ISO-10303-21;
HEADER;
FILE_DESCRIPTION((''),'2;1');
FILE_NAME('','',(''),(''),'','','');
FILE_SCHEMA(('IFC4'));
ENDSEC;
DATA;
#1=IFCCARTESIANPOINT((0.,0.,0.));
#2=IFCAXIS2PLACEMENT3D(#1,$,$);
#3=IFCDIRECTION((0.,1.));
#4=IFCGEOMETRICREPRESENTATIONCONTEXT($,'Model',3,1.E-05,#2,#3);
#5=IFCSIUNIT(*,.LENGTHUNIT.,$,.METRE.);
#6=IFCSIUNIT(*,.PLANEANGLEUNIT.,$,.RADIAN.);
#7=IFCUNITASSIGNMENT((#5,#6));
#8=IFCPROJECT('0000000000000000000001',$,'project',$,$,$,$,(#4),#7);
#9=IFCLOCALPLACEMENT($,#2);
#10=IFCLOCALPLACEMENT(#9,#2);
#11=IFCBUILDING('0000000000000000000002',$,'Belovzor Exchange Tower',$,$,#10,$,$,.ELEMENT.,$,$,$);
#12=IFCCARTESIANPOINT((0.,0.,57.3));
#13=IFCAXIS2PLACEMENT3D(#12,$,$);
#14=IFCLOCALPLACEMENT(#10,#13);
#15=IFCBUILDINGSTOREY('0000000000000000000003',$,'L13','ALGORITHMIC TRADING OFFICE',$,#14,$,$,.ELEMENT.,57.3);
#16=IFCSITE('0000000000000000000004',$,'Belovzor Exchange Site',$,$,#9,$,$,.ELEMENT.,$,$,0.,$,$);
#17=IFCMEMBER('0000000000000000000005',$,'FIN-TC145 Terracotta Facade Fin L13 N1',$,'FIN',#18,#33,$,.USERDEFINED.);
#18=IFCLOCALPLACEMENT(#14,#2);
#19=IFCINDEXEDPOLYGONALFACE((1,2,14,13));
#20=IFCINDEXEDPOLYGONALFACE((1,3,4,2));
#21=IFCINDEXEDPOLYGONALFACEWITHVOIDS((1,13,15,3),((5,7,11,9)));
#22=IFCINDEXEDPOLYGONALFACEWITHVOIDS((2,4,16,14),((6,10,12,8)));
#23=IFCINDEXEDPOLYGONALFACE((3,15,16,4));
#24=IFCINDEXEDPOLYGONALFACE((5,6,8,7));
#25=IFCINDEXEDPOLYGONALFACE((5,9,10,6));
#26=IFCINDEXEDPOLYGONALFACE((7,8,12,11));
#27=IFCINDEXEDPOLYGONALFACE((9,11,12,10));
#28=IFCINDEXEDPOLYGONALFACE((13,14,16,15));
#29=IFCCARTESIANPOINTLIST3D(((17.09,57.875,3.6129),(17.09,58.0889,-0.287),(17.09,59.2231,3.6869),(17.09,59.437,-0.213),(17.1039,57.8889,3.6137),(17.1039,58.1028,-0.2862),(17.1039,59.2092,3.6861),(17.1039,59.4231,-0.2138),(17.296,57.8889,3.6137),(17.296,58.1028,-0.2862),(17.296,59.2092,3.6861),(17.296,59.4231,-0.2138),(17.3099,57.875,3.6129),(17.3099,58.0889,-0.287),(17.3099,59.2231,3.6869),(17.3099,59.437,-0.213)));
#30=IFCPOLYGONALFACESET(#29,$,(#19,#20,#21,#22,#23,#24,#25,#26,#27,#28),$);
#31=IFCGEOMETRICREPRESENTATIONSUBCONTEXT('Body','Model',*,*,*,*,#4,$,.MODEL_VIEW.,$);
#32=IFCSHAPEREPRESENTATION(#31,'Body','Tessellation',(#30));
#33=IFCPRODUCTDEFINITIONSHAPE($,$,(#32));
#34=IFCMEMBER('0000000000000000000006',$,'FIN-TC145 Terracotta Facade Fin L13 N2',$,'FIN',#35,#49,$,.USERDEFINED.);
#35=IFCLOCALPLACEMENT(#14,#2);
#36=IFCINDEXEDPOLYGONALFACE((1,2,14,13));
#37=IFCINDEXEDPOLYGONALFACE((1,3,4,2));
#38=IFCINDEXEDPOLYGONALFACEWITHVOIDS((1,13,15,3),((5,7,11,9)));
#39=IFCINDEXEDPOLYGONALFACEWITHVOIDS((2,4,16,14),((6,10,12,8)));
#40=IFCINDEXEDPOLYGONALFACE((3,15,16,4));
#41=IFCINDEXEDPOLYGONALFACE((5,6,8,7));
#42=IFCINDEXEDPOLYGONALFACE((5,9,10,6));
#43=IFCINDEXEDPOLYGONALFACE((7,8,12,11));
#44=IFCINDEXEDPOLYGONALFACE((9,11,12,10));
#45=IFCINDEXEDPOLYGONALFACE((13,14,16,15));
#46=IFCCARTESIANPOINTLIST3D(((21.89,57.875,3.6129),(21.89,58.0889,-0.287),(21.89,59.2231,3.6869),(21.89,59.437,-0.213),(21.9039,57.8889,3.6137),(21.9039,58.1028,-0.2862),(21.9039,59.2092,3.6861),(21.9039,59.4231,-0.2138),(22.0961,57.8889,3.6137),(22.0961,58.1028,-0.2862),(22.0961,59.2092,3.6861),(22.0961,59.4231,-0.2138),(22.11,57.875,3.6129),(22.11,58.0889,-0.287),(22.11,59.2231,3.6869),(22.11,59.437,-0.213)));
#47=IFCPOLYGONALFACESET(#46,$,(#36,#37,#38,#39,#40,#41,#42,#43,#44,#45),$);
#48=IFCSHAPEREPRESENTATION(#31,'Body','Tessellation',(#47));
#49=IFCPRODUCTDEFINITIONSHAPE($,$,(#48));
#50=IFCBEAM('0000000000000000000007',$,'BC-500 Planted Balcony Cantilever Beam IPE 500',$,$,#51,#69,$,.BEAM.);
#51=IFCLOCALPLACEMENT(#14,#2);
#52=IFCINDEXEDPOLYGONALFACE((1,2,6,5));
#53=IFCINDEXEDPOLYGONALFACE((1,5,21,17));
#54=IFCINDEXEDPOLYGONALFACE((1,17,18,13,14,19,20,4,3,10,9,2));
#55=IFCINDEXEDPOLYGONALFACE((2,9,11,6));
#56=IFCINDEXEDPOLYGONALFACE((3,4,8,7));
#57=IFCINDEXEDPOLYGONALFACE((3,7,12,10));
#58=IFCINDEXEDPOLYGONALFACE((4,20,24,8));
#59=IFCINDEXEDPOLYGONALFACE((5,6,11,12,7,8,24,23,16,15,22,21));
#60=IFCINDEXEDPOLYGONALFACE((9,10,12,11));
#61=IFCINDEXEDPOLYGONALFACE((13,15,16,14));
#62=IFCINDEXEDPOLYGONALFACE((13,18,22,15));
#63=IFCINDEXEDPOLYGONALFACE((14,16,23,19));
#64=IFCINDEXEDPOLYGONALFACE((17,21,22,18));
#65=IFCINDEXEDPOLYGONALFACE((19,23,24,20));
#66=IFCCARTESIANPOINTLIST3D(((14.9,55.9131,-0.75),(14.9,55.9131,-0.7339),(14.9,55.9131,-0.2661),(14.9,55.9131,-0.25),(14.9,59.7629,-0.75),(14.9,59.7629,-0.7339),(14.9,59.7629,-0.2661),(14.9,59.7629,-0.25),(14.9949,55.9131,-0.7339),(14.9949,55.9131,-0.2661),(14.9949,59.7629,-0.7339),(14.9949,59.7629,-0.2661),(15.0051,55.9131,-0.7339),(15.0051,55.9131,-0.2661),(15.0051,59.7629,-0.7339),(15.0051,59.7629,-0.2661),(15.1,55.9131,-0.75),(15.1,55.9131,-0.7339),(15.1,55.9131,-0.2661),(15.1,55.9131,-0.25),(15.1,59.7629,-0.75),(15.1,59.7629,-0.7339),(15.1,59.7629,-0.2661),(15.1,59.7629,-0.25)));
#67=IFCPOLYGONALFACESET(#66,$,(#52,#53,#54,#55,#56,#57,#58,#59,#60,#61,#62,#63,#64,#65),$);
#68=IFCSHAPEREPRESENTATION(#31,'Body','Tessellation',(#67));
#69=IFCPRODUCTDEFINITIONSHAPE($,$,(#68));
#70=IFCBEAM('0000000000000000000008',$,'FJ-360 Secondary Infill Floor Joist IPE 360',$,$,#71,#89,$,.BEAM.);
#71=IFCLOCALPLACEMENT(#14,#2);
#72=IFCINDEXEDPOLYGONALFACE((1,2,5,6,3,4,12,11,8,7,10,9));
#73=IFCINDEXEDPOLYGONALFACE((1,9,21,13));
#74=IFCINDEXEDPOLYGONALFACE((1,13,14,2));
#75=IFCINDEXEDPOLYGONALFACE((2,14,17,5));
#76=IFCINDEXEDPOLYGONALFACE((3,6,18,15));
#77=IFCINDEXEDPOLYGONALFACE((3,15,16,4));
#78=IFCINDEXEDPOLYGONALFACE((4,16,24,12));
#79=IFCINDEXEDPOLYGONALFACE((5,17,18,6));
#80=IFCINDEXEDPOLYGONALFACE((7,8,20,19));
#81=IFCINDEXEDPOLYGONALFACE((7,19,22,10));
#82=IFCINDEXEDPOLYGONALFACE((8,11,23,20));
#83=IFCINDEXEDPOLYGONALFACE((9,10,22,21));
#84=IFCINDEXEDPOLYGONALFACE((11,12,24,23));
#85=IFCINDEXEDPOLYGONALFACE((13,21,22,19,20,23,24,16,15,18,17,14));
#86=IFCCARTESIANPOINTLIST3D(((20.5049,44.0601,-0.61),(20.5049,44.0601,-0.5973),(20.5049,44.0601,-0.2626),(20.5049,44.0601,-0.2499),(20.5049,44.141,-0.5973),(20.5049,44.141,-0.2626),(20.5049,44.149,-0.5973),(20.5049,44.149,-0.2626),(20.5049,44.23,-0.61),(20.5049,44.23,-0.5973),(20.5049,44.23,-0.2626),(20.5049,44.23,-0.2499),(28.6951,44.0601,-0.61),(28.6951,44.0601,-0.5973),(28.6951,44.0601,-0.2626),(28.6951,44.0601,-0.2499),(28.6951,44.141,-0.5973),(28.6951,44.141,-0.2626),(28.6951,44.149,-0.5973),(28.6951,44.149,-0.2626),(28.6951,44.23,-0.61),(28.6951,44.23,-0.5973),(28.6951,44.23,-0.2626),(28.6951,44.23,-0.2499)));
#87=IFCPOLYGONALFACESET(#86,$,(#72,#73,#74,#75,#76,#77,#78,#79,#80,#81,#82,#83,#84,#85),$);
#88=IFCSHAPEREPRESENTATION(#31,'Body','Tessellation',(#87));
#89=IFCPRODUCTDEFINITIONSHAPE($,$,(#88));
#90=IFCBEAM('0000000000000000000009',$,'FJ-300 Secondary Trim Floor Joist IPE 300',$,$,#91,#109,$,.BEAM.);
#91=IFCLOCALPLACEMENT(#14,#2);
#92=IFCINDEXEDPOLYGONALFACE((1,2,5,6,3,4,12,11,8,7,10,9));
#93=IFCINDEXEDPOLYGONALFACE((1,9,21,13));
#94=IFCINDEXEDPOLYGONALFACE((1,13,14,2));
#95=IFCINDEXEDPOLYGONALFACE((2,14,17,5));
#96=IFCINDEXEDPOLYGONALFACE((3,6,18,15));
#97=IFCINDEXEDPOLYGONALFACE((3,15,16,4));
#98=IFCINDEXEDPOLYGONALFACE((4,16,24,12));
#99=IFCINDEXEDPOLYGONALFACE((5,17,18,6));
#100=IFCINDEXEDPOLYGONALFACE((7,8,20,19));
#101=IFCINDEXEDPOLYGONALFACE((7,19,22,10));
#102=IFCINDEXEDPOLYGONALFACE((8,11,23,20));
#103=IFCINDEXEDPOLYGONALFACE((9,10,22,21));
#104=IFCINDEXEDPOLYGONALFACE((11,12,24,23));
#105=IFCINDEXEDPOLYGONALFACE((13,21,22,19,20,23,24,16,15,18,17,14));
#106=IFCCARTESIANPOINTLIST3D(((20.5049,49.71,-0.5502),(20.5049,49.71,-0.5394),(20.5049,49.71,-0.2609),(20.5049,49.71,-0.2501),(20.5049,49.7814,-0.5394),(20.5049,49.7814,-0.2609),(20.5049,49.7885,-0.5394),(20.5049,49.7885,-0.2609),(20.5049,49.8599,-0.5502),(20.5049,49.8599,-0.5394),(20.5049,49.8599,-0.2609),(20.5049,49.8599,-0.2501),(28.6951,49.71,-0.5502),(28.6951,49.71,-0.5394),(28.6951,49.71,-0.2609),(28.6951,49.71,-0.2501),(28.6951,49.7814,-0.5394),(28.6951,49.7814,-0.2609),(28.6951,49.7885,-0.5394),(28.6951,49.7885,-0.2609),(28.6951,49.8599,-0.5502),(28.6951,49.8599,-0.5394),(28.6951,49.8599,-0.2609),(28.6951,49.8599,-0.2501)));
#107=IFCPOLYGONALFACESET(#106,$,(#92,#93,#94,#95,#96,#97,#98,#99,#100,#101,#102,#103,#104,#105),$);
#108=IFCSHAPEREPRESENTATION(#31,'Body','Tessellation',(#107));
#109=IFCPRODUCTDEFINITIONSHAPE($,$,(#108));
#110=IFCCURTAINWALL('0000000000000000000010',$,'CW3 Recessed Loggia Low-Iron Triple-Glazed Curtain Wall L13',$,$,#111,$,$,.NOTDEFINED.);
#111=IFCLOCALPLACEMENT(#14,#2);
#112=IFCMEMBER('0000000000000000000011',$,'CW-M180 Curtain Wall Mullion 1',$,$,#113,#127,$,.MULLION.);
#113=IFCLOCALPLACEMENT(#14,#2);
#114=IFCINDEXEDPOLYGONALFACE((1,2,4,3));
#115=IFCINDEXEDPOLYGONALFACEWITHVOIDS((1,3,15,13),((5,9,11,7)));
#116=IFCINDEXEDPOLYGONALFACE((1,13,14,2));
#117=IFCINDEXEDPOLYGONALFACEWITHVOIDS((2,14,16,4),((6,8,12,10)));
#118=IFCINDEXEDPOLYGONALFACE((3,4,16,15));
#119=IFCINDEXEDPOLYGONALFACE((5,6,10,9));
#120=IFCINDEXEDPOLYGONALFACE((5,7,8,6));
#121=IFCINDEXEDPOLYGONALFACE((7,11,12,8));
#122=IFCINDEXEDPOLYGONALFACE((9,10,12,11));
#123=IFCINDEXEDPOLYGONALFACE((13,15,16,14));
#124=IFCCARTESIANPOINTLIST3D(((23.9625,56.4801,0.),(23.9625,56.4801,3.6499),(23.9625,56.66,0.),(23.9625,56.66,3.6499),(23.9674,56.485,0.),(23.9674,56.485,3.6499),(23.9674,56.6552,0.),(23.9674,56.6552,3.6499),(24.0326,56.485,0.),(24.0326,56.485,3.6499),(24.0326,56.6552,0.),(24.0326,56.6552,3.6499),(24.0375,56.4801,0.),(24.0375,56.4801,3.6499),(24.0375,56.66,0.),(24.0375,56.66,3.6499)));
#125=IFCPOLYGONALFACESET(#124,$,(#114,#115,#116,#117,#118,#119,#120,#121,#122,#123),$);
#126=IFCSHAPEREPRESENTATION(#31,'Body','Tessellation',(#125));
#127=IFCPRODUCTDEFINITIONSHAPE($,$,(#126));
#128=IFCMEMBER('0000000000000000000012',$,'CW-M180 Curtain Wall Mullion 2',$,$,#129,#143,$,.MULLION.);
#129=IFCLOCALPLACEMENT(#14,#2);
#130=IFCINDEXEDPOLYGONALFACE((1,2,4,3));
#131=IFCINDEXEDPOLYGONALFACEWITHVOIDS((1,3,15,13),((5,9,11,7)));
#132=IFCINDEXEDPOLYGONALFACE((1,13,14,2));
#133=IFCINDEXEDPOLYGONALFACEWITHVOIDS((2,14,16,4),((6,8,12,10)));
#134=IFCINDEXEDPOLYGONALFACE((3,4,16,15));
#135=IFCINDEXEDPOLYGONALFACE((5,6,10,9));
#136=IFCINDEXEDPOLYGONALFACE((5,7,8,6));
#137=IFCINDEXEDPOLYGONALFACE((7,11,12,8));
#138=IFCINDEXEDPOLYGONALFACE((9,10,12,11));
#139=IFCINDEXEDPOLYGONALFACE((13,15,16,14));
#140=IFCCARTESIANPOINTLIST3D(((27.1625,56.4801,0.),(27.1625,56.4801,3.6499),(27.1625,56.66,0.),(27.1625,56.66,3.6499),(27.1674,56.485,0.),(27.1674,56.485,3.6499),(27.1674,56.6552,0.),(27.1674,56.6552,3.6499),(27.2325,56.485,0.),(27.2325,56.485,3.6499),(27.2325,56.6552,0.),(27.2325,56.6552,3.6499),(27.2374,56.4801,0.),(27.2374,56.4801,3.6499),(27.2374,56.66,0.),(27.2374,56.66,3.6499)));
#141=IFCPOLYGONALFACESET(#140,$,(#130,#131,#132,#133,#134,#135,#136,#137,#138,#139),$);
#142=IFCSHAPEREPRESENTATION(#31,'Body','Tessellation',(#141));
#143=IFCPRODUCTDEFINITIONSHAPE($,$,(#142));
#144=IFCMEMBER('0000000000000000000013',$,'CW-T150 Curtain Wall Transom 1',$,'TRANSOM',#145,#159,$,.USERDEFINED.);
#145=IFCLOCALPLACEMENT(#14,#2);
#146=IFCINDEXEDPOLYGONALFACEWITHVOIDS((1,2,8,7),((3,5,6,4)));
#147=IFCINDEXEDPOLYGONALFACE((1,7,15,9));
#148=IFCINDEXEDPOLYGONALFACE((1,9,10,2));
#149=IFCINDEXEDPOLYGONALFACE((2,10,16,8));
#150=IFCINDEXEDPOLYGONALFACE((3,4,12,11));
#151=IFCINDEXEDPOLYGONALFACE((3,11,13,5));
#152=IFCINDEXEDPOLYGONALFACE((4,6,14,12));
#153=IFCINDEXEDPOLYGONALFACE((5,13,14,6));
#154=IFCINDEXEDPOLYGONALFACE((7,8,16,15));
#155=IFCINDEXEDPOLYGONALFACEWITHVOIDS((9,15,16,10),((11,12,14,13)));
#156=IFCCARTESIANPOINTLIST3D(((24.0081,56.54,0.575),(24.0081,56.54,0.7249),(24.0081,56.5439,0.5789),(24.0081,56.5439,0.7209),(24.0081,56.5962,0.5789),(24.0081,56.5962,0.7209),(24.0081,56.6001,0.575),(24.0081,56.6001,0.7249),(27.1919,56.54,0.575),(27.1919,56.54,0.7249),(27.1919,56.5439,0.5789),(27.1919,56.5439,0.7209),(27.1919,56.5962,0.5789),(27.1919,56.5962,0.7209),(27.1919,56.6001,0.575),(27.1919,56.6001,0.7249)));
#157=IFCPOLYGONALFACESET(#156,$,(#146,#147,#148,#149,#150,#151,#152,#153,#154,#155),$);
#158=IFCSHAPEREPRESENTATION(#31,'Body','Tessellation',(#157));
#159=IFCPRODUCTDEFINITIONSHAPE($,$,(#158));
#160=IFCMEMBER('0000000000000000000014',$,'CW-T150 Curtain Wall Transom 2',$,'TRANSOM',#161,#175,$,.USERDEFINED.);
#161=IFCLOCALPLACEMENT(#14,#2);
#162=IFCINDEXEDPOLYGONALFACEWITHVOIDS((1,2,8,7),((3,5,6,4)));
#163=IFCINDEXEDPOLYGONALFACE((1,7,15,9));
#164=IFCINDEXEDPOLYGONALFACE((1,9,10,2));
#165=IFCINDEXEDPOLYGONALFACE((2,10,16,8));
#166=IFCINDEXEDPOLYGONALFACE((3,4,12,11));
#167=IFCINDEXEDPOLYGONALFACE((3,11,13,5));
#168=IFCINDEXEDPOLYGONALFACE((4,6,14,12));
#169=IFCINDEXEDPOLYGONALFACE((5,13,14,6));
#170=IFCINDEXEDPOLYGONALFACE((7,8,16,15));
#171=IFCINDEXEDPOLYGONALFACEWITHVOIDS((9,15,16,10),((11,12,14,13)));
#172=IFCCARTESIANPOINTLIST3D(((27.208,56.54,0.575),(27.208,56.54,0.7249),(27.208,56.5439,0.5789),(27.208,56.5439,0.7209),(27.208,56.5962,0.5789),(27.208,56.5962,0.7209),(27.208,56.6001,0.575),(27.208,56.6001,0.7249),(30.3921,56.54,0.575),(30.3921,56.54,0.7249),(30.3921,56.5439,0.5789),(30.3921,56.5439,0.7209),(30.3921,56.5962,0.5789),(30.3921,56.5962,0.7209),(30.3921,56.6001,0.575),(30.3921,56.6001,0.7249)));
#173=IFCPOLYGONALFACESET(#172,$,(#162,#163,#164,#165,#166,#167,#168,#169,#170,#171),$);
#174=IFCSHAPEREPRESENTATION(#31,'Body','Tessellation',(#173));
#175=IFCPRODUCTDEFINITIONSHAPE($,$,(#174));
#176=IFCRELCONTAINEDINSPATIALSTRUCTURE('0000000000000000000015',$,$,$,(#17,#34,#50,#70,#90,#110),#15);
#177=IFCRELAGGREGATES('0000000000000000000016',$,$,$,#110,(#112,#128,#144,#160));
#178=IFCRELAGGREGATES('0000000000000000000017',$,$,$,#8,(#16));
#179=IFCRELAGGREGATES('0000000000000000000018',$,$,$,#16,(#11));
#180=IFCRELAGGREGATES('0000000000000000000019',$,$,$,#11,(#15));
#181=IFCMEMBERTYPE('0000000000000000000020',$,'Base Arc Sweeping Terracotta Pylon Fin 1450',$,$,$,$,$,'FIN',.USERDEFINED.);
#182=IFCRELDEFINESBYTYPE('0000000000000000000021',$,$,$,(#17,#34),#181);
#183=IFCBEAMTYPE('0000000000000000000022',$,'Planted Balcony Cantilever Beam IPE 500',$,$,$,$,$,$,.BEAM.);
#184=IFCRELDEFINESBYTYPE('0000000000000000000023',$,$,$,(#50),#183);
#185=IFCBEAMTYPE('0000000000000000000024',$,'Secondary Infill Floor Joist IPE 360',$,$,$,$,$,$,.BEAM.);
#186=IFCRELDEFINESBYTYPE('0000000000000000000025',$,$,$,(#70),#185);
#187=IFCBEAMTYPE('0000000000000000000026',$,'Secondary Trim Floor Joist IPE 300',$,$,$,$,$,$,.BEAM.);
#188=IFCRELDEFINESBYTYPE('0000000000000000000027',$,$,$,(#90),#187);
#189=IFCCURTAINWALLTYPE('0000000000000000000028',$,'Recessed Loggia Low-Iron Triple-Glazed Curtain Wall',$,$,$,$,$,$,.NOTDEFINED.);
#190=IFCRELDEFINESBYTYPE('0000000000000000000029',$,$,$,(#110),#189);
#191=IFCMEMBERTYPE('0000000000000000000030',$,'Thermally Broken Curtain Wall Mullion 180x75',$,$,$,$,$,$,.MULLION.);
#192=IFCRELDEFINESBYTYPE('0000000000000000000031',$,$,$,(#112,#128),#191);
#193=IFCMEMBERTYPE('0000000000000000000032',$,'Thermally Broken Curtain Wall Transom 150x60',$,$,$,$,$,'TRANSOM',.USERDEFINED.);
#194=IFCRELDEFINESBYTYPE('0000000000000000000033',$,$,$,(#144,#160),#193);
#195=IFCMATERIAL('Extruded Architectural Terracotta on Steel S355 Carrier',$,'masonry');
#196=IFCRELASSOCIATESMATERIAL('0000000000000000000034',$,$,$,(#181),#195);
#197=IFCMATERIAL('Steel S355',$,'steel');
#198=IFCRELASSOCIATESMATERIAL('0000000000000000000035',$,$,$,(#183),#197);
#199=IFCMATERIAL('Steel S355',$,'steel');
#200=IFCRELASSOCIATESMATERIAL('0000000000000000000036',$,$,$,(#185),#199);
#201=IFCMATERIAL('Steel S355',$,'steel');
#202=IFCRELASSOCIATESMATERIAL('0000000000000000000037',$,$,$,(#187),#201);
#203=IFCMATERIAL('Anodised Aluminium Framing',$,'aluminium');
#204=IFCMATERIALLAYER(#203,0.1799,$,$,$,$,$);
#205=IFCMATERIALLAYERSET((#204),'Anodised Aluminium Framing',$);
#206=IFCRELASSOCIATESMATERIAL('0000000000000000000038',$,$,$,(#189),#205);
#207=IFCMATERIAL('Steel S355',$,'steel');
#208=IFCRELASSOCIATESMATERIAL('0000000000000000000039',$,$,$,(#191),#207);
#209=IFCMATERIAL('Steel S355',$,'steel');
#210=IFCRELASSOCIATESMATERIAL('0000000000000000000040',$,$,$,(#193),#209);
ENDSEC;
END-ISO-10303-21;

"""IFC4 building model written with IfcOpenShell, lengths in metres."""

from ifc_helpers import new_model, si_unit, direction, frame, origin, origin_2d, place, context, subcontext, project, spatial, hollow_rectangle, i_section, extrude, material, layer, layer_set, material_profile, profile_set, type_object, element, aggregate, save


model = new_model("IFC4")

# Units and contexts
model_context = context("Model", 3, precision=1e-05, world=origin(), true_north=direction((0.0, 1.0)))
body_context = subcontext(model_context, "Body", "Model", "MODEL_VIEW")
ifc_project = project(units=[si_unit("LENGTHUNIT", "METRE"), si_unit("PLANEANGLEUNIT", "RADIAN")], contexts=[model_context])

# Site, building, storey
site_placement = place(None, origin())
site = spatial("IfcSite", under=ifc_project, at=site_placement, Name="Belovzor Exchange Site", CompositionType="ELEMENT", RefElevation=0.0)
building_placement = place(site_placement, origin())
building = spatial("IfcBuilding", under=site, at=building_placement, Name="Belovzor Exchange Tower", CompositionType="ELEMENT")
storey_placement = place(building_placement, frame((0.0, 0.0, 57.3)))
storey = spatial("IfcBuildingStorey", under=building, at=storey_placement, Name="L13", Description="ALGORITHMIC TRADING OFFICE", CompositionType="ELEMENT", Elevation=57.3)

# Members
ifc_material_1 = material(Name="Extruded Architectural Terracotta on Steel S355 Carrier", Category="masonry")
ifc_material_profile_1 = material_profile(ifc_material_1, hollow_rectangle(XDim=0.22, YDim=1.3501, WallThickness=0.0139, at=origin_2d()))
ifc_profile_set_1 = profile_set([ifc_material_profile_1], Name="Extruded Architectural Terracotta on Steel S355 Carrier")
member_type_1 = type_object("IfcMemberType", Name="Base Arc Sweeping Terracotta Pylon Fin 1450", ElementType="FIN", PredefinedType="USERDEFINED", material=ifc_profile_set_1)
for number, where, z_axis, x_axis, name in (
    (1, (17.2, 58.7629, -0.25), (0.0, -0.054757, 0.9985), (1.0, 0.0, 0.0), "FIN-TC145 Terracotta Facade Fin L13 N1"),
    (2, (22.0, 58.7629, -0.25), (0.0, -0.054757, 0.9985), (1.0, 0.0, 0.0), "FIN-TC145 Terracotta Facade Fin L13 N2"),
):
    element("IfcMember", number, at=place(storey_placement, frame(where, z_axis=z_axis, x_axis=x_axis)), inside=storey, type_object=member_type_1, Name=name, ObjectType="FIN", PredefinedType="USERDEFINED", context=body_context, shape_type="SweptSolid", body=[
        extrude(hollow_rectangle(XDim=0.22, YDim=1.3501, WallThickness=0.0139, at=origin_2d()), origin(), (0.0, 0.0, 1.0), 3.9058),
    ])

# Beams
ifc_material_2 = material(Name="Steel S355", Category="steel")
ifc_material_profile_2 = material_profile(ifc_material_2, i_section(OverallWidth=0.2, OverallDepth=0.5, WebThickness=0.0103, FlangeThickness=0.0161, at=origin_2d()))
ifc_profile_set_2 = profile_set([ifc_material_profile_2], Name="Steel S355")
beam_type_1 = type_object("IfcBeamType", Name="Planted Balcony Cantilever Beam IPE 500", PredefinedType="BEAM", material=ifc_profile_set_2)
beam_1_placement = place(storey_placement, frame((15.0, 55.9131, -0.5), z_axis=(0.0, 1.0, 0.0), x_axis=(-1.0, 0.0, 0.0)))
element("IfcBeam", 3, at=beam_1_placement, inside=storey, type_object=beam_type_1, Name="BC-500 Planted Balcony Cantilever Beam IPE 500", PredefinedType="BEAM", context=body_context, shape_type="SweptSolid", body=[
    extrude(i_section(OverallWidth=0.2, OverallDepth=0.5, WebThickness=0.0103, FlangeThickness=0.0161, at=origin_2d()), origin(), (0.0, 0.0, 1.0), 3.8499),
])
ifc_material_3 = material(Name="Steel S355", Category="steel")
ifc_material_profile_3 = material_profile(ifc_material_3, i_section(OverallWidth=0.1699, OverallDepth=0.3601, WebThickness=0.0081, FlangeThickness=0.0127, at=origin_2d()))
ifc_profile_set_3 = profile_set([ifc_material_profile_3], Name="Steel S355")
beam_type_2 = type_object("IfcBeamType", Name="Secondary Infill Floor Joist IPE 360", PredefinedType="BEAM", material=ifc_profile_set_3)
beam_2_placement = place(storey_placement, frame((20.5049, 44.145, -0.4299), z_axis=(1.0, 0.0, 0.0), x_axis=(0.0, 1.0, 0.0)))
element("IfcBeam", 4, at=beam_2_placement, inside=storey, type_object=beam_type_2, Name="FJ-360 Secondary Infill Floor Joist IPE 360", PredefinedType="BEAM", context=body_context, shape_type="SweptSolid", body=[
    extrude(i_section(OverallWidth=0.1699, OverallDepth=0.3601, WebThickness=0.0081, FlangeThickness=0.0127, at=origin_2d()), origin(), (0.0, 0.0, 1.0), 8.1902),
])
ifc_material_4 = material(Name="Steel S355", Category="steel")
ifc_material_profile_4 = material_profile(ifc_material_4, i_section(OverallWidth=0.1499, OverallDepth=0.3, WebThickness=0.0071, FlangeThickness=0.0107, at=origin_2d()))
ifc_profile_set_4 = profile_set([ifc_material_profile_4], Name="Steel S355")
beam_type_3 = type_object("IfcBeamType", Name="Secondary Trim Floor Joist IPE 300", PredefinedType="BEAM", material=ifc_profile_set_4)
beam_3_placement = place(storey_placement, frame((20.5049, 49.7849, -0.4001), z_axis=(1.0, 0.0, 0.0), x_axis=(0.0, 1.0, 0.0)))
element("IfcBeam", 5, at=beam_3_placement, inside=storey, type_object=beam_type_3, Name="FJ-300 Secondary Trim Floor Joist IPE 300", PredefinedType="BEAM", context=body_context, shape_type="SweptSolid", body=[
    extrude(i_section(OverallWidth=0.1499, OverallDepth=0.3, WebThickness=0.0071, FlangeThickness=0.0107, at=origin_2d()), origin(), (0.0, 0.0, 1.0), 8.1902),
])

# Curtain wall, members
ifc_material_5 = material(Name="Anodised Aluminium Framing", Category="aluminium")
ifc_layer_1 = layer(ifc_material_5, 0.1799)
ifc_layer_set_1 = layer_set([ifc_layer_1], Name="Anodised Aluminium Framing")
curtain_wall_type = type_object("IfcCurtainWallType", Name="Recessed Loggia Low-Iron Triple-Glazed Curtain Wall", PredefinedType="NOTDEFINED", material=ifc_layer_set_1)
curtain_wall_placement = place(storey_placement, origin())
curtain_wall = element("IfcCurtainWall", 6, at=curtain_wall_placement, inside=storey, type_object=curtain_wall_type, Name="CW3 Recessed Loggia Low-Iron Triple-Glazed Curtain Wall L13", PredefinedType="NOTDEFINED")
ifc_material_6 = material(Name="Steel S355", Category="steel")
ifc_material_profile_5 = material_profile(ifc_material_6, hollow_rectangle(XDim=0.075, YDim=0.1799, WallThickness=0.0049, at=origin_2d()))
ifc_profile_set_5 = profile_set([ifc_material_profile_5], Name="Steel S355")
member_type_2 = type_object("IfcMemberType", Name="Thermally Broken Curtain Wall Mullion 180x75", PredefinedType="MULLION", material=ifc_profile_set_5)
member_1_placement = place(storey_placement, frame((24.0, 56.5701, 0.0), z_axis=(0.0, 0.0, 1.0), x_axis=(1.0, 0.0, 0.0)))
member_1 = element("IfcMember", 7, at=member_1_placement, type_object=member_type_2, Name="CW-M180 Curtain Wall Mullion 1", PredefinedType="MULLION", context=body_context, shape_type="SweptSolid", body=[
    extrude(hollow_rectangle(XDim=0.075, YDim=0.1799, WallThickness=0.0049, at=origin_2d()), origin(), (0.0, 0.0, 1.0), 3.6499),
])
member_2_placement = place(storey_placement, frame((27.2, 56.5701, 0.0), z_axis=(0.0, 0.0, 1.0), x_axis=(1.0, 0.0, 0.0)))
member_2 = element("IfcMember", 8, at=member_2_placement, type_object=member_type_2, Name="CW-M180 Curtain Wall Mullion 2", PredefinedType="MULLION", context=body_context, shape_type="SweptSolid", body=[
    extrude(hollow_rectangle(XDim=0.075, YDim=0.1799, WallThickness=0.0049, at=origin_2d()), origin(), (0.0, 0.0, 1.0), 3.6499),
])
ifc_material_7 = material(Name="Steel S355", Category="steel")
ifc_material_profile_6 = material_profile(ifc_material_7, hollow_rectangle(XDim=0.0601, YDim=0.1499, WallThickness=0.0039, at=origin_2d()))
ifc_profile_set_6 = profile_set([ifc_material_profile_6], Name="Steel S355")
member_type_3 = type_object("IfcMemberType", Name="Thermally Broken Curtain Wall Transom 150x60", ElementType="TRANSOM", PredefinedType="USERDEFINED", material=ifc_profile_set_6)
member_3_placement = place(storey_placement, frame((24.0081, 56.5701, 0.6499), z_axis=(1.0, 0.0, 0.0), x_axis=(0.0, 1.0, 0.0)))
member_3 = element("IfcMember", 9, at=member_3_placement, type_object=member_type_3, Name="CW-T150 Curtain Wall Transom 1", ObjectType="TRANSOM", PredefinedType="USERDEFINED", context=body_context, shape_type="SweptSolid", body=[
    extrude(hollow_rectangle(XDim=0.0601, YDim=0.1499, WallThickness=0.0039, at=origin_2d()), origin(), (0.0, 0.0, 1.0), 3.1838),
])
member_4_placement = place(storey_placement, frame((27.208, 56.5701, 0.6499), z_axis=(1.0, 0.0, 0.0), x_axis=(0.0, 1.0, 0.0)))
member_4 = element("IfcMember", 10, at=member_4_placement, type_object=member_type_3, Name="CW-T150 Curtain Wall Transom 2", ObjectType="TRANSOM", PredefinedType="USERDEFINED", context=body_context, shape_type="SweptSolid", body=[
    extrude(hollow_rectangle(XDim=0.0601, YDim=0.1499, WallThickness=0.0039, at=origin_2d()), origin(), (0.0, 0.0, 1.0), 3.1841),
])

aggregate(curtain_wall, [member_1, member_2, member_3, member_4])

save(model, "model.ifc")
